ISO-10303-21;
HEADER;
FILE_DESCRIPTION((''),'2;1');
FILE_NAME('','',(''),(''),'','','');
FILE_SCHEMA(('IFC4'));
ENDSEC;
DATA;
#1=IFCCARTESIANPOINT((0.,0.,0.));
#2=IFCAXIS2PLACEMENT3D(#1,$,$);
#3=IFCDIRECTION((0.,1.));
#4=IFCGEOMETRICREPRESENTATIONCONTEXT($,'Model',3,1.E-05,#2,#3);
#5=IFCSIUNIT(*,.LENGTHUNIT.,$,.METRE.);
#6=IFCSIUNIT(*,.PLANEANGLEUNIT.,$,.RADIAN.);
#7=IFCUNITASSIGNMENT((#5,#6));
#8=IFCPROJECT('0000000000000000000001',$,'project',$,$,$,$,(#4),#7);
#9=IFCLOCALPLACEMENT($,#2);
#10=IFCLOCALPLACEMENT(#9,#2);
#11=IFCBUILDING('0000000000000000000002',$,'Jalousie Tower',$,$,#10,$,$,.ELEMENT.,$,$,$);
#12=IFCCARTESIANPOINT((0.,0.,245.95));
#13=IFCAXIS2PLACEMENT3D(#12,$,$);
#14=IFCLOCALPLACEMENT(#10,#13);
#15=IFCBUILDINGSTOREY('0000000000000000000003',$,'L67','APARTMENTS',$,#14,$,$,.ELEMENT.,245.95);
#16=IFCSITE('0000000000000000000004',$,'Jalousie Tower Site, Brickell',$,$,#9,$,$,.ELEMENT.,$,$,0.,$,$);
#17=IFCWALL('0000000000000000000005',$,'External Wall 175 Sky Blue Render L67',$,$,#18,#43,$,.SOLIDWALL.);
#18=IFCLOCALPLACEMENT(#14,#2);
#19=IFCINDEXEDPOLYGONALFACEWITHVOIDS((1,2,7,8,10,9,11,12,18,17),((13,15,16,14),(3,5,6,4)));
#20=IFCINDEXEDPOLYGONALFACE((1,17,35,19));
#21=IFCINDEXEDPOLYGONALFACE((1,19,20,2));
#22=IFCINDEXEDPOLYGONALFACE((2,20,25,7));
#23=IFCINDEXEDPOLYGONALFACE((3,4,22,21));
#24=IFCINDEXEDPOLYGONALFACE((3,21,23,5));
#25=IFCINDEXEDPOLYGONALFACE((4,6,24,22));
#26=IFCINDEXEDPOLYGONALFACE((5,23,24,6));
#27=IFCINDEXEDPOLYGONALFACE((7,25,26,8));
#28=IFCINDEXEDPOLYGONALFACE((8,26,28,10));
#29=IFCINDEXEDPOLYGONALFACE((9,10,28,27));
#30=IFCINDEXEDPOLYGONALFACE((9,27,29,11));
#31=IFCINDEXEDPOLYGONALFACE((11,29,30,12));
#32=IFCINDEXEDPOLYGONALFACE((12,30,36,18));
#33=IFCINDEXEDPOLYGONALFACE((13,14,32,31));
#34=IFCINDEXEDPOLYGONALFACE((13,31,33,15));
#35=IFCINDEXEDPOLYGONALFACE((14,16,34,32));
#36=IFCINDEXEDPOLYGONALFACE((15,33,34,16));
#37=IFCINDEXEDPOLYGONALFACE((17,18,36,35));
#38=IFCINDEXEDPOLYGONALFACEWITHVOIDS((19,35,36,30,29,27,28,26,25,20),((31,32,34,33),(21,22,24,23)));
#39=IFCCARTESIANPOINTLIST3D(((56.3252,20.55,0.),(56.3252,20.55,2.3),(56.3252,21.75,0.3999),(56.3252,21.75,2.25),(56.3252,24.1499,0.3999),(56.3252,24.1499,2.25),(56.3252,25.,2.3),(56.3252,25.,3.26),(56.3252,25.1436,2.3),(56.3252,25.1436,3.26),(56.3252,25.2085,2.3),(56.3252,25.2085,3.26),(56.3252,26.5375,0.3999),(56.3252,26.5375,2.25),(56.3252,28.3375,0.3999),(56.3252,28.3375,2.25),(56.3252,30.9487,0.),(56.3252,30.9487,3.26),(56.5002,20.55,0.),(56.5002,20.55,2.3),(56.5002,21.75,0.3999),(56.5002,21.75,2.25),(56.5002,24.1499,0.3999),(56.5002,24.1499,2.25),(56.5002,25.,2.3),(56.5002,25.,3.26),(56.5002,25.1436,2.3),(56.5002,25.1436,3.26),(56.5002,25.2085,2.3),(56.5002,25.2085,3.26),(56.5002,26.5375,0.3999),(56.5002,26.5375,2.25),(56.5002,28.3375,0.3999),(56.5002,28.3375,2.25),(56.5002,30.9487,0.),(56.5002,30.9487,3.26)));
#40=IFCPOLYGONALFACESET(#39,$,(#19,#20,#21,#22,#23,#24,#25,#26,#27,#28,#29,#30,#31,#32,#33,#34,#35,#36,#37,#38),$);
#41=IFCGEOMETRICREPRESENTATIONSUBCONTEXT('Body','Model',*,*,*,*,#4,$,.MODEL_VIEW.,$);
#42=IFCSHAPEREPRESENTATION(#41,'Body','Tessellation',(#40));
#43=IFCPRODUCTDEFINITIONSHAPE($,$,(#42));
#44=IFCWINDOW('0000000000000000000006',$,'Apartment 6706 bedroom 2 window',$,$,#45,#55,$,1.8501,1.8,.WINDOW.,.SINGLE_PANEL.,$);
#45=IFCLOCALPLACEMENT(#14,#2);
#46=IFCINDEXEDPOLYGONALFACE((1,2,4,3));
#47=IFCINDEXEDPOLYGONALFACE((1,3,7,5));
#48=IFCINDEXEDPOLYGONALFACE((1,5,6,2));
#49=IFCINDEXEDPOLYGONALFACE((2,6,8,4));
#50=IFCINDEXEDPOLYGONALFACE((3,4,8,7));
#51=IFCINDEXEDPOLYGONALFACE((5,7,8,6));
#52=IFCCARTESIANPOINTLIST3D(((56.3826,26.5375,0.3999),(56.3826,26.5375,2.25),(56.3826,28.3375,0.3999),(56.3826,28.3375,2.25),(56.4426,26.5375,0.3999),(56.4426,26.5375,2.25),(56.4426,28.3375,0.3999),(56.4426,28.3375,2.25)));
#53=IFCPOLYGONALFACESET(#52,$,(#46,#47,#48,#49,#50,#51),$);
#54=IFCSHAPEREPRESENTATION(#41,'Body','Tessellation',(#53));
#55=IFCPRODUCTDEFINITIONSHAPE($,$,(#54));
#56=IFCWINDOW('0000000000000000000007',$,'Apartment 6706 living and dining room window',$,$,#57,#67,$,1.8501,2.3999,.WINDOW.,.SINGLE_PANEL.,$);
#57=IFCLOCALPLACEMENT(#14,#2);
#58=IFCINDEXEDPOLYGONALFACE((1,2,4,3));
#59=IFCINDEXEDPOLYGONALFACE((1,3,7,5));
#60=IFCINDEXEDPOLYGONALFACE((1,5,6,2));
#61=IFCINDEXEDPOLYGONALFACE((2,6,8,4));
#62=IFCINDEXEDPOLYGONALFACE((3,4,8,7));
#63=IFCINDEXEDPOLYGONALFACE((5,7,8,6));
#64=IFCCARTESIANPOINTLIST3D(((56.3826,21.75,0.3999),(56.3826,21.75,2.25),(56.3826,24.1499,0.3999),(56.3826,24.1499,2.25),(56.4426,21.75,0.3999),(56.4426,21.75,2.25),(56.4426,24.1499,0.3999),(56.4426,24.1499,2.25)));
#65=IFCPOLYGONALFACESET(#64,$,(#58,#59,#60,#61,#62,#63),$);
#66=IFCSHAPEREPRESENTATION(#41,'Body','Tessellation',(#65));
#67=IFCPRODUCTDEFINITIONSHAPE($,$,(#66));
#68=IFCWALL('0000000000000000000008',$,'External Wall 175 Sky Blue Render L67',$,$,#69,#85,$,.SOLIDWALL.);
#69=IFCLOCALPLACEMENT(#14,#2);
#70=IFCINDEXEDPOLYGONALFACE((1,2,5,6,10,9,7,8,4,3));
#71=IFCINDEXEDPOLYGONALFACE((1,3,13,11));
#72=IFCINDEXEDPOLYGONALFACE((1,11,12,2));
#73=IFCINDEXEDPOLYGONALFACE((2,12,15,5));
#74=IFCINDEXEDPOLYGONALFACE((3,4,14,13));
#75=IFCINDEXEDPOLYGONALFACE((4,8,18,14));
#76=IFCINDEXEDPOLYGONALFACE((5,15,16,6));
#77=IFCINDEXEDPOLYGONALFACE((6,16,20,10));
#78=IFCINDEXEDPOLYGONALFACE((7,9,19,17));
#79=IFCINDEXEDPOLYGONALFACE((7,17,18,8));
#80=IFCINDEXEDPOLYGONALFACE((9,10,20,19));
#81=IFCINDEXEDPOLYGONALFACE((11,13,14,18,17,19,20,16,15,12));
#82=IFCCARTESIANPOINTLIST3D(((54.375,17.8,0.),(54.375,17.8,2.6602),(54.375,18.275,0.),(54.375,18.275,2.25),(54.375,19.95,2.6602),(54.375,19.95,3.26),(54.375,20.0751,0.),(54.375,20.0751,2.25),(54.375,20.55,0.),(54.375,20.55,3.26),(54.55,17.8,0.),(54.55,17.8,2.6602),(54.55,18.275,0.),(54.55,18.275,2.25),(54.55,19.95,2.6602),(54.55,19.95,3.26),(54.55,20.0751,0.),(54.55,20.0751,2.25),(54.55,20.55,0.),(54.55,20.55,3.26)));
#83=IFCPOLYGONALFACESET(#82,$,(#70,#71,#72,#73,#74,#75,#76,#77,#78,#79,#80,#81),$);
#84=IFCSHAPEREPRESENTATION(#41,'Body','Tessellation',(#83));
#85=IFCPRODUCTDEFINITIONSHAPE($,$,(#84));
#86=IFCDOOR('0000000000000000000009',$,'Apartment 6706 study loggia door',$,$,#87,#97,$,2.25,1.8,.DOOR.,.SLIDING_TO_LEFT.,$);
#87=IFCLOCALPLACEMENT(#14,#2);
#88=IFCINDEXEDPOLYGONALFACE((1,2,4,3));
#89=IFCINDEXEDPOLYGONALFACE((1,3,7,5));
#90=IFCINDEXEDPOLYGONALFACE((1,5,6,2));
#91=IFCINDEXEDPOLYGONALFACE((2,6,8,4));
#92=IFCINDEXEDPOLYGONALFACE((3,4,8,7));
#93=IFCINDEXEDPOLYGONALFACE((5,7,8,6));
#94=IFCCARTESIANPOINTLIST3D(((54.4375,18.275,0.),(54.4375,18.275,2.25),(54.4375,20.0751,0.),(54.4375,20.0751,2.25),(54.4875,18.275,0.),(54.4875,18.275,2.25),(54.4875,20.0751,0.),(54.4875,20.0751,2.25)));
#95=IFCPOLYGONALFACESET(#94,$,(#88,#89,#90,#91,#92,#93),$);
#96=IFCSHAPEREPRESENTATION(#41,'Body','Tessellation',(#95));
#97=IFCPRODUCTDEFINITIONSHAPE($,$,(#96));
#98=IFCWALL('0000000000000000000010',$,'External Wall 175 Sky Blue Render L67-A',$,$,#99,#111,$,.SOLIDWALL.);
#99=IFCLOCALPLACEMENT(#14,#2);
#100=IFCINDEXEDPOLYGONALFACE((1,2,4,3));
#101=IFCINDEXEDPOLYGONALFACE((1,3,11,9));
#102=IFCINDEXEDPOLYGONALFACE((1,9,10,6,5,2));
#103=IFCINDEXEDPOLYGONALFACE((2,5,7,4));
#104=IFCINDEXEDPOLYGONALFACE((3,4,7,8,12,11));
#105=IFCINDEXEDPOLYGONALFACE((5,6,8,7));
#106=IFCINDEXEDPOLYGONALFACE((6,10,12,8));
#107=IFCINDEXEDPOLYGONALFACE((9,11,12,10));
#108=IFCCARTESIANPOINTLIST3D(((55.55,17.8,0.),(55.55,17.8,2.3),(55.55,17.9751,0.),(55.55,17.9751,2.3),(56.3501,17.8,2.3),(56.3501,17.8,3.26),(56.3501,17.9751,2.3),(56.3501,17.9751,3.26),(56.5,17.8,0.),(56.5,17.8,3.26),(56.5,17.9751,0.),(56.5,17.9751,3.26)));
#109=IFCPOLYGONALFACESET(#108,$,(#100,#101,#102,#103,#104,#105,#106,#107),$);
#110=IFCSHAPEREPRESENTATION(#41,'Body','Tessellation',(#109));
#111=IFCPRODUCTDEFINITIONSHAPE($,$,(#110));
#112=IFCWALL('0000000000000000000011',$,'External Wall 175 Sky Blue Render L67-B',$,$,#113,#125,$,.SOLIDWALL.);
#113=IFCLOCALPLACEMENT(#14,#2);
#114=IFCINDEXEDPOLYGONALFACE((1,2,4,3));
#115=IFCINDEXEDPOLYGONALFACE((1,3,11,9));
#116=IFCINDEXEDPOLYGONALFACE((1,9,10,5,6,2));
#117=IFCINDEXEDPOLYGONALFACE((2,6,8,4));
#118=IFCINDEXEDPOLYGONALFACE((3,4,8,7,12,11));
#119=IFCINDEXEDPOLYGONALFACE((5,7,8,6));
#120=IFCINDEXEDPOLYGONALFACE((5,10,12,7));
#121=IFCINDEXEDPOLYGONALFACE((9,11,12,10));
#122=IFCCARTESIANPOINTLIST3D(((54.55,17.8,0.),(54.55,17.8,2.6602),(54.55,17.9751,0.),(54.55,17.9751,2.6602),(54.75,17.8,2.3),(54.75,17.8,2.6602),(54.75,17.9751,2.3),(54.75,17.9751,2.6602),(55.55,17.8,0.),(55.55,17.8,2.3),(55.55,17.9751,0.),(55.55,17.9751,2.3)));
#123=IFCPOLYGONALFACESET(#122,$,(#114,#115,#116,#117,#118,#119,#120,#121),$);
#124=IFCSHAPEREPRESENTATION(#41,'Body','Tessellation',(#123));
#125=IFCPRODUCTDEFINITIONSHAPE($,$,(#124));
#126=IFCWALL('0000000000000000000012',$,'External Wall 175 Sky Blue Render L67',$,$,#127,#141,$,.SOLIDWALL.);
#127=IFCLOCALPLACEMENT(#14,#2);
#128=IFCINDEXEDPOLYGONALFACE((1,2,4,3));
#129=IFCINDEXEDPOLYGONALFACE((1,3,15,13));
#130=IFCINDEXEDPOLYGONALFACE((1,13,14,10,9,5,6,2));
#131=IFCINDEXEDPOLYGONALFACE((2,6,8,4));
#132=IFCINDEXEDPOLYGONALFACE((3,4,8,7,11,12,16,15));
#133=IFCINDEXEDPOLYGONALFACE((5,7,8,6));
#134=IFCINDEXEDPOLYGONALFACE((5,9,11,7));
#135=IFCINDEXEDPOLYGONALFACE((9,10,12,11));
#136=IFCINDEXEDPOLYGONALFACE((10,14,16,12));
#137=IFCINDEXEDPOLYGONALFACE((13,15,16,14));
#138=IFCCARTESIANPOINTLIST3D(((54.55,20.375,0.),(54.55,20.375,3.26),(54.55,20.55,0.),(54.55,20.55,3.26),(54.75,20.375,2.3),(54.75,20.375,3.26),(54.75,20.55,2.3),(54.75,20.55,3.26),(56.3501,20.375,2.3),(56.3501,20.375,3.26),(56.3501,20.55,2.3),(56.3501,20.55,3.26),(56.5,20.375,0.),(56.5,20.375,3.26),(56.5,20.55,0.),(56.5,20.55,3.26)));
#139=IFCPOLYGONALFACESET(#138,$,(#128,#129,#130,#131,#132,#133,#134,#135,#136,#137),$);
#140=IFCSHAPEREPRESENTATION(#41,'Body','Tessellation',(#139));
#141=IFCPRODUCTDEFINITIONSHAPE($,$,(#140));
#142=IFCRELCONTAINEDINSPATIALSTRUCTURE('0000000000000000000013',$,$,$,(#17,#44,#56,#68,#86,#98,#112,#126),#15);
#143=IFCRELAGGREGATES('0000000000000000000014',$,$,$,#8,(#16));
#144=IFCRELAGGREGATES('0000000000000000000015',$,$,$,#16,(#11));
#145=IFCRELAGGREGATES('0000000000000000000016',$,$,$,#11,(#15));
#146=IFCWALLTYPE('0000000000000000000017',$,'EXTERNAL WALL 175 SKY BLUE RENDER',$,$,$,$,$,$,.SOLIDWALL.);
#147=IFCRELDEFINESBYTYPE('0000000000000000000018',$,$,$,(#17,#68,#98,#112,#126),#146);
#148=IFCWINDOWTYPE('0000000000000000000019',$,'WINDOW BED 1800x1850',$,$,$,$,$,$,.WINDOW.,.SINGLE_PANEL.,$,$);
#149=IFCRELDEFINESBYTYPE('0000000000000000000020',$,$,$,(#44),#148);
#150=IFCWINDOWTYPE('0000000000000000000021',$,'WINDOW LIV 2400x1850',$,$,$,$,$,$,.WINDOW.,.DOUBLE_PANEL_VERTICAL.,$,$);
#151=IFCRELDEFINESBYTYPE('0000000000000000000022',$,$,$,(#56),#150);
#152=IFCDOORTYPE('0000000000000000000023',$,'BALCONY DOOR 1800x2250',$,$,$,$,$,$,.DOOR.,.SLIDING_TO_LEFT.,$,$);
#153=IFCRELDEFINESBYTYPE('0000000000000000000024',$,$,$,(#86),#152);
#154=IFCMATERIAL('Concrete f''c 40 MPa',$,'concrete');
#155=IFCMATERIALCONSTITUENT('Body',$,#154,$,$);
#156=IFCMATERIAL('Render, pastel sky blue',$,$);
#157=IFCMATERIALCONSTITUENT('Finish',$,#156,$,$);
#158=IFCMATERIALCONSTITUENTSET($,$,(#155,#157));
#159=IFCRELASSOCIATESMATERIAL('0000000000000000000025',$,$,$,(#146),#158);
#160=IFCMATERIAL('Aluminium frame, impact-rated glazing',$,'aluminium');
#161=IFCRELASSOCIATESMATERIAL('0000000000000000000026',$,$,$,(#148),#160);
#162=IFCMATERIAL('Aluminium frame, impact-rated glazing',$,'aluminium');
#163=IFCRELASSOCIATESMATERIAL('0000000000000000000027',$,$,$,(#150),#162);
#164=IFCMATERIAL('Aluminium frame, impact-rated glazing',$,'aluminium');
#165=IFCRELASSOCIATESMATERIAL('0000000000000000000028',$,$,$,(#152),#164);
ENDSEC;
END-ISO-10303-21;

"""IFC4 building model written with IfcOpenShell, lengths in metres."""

from ifc_helpers import new_model, si_unit, direction, frame, frame_2d, origin, place, context, subcontext, project, spatial, polyline, rectangle, outline, extrude, material, constituent, constituent_set, type_object, element, fill, save


model = new_model("IFC4")

# Units and contexts
model_context = context("Model", 3, precision=1e-05, world=origin(), true_north=direction((0.0, 1.0)))
body_context = subcontext(model_context, "Body", "Model", "MODEL_VIEW")
ifc_project = project(units=[si_unit("LENGTHUNIT", "METRE"), si_unit("PLANEANGLEUNIT", "RADIAN")], contexts=[model_context])

# Site, building, storey
site_placement = place(None, origin())
site = spatial("IfcSite", under=ifc_project, at=site_placement, Name="Jalousie Tower Site, Brickell", CompositionType="ELEMENT", RefElevation=0.0)
building_placement = place(site_placement, origin())
building = spatial("IfcBuilding", under=site, at=building_placement, Name="Jalousie Tower", CompositionType="ELEMENT")
storey_placement = place(building_placement, frame((0.0, 0.0, 245.95)))
storey = spatial("IfcBuildingStorey", under=building, at=storey_placement, Name="L67", Description="APARTMENTS", CompositionType="ELEMENT", Elevation=245.95)

# Wall, openings, windows
ifc_material_1 = material(Name="Concrete f'c 40 MPa", Category="concrete")
ifc_constituent_1 = constituent(ifc_material_1, Name="Body")
ifc_material_2 = material(Name="Render, pastel sky blue")
ifc_constituent_2 = constituent(ifc_material_2, Name="Finish")
ifc_constituent_set_1 = constituent_set(constituents=[ifc_constituent_1, ifc_constituent_2])
wall_type_1 = type_object("IfcWallType", Name="EXTERNAL WALL 175 SKY BLUE RENDER", PredefinedType="SOLIDWALL", material=ifc_constituent_set_1)
wall_1_placement = place(storey_placement, frame((56.4126, 20.55, 0.0), z_axis=(0.0, 0.0, 1.0), x_axis=(0.0, 1.0, 0.0)))
wall_1 = element("IfcWall", 1, at=wall_1_placement, inside=storey, type_object=wall_type_1, Name="External Wall 175 Sky Blue Render L67", PredefinedType="SOLIDWALL", context=body_context, shape_type="SweptSolid", body=[
    extrude(outline(polyline([(0.0, 0.0), (10.3987, 0.0), (10.3987, 3.26), (4.6584, 3.26), (4.6584, 2.3), (4.5935, 2.3), (4.5935, 3.26), (4.45, 3.26), (4.45, 2.3), (0.0, 2.3), (0.0, 0.0)])), frame((0.0, 0.0874, 0.0), z_axis=(0.0, -1.0, 0.0), x_axis=(1.0, 0.0, 0.0)), (0.0, 0.0, 1.0), 0.175),
])
opening_1_placement = place(wall_1_placement, frame((1.2, 0.0, 0.3999)))
opening_1 = element("IfcOpeningElement", 2, at=opening_1_placement, cuts=wall_1, PredefinedType="OPENING", context=body_context, shape_type="SweptSolid", body=[
    extrude(rectangle(XDim=2.3999, YDim=1.8501, at=frame_2d((1.2, 0.925))), frame((0.0, 0.0974, 0.0), z_axis=(0.0, -1.0, 0.0), x_axis=(1.0, 0.0, 0.0)), (0.0, 0.0, 1.0), 0.1951),
])
opening_2_placement = place(wall_1_placement, frame((5.9875, 0.0, 0.3999)))
opening_2 = element("IfcOpeningElement", 3, at=opening_2_placement, cuts=wall_1, PredefinedType="OPENING", context=body_context, shape_type="SweptSolid", body=[
    extrude(rectangle(XDim=1.8, YDim=1.8501, at=frame_2d((0.8999, 0.925))), frame((0.0, 0.0974, 0.0), z_axis=(0.0, -1.0, 0.0), x_axis=(1.0, 0.0, 0.0)), (0.0, 0.0, 1.0), 0.1951),
])
ifc_material_3 = material(Name="Aluminium frame, impact-rated glazing", Category="aluminium")
window_type_1 = type_object("IfcWindowType", Name="WINDOW BED 1800x1850", PartitioningType="SINGLE_PANEL", PredefinedType="WINDOW", material=ifc_material_3)
window_1_placement = place(opening_2_placement, origin())
window_1 = element("IfcWindow", 4, at=window_1_placement, inside=storey, type_object=window_type_1, Name="Apartment 6706 bedroom 2 window", OverallHeight=1.8501, OverallWidth=1.8, PartitioningType="SINGLE_PANEL", PredefinedType="WINDOW", context=body_context, shape_type="SweptSolid", body=[
    extrude(rectangle(XDim=1.8, YDim=1.8501, at=frame_2d((0.8999, 0.925))), frame((0.0, 0.03, 0.0), z_axis=(0.0, -1.0, 0.0), x_axis=(1.0, 0.0, 0.0)), (0.0, 0.0, 1.0), 0.0601),
])
fill(opening_2, window_1)
ifc_material_4 = material(Name="Aluminium frame, impact-rated glazing", Category="aluminium")
window_type_2 = type_object("IfcWindowType", Name="WINDOW LIV 2400x1850", PartitioningType="DOUBLE_PANEL_VERTICAL", PredefinedType="WINDOW", material=ifc_material_4)
window_2_placement = place(opening_1_placement, origin())
window_2 = element("IfcWindow", 5, at=window_2_placement, inside=storey, type_object=window_type_2, Name="Apartment 6706 living and dining room window", OverallHeight=1.8501, OverallWidth=2.3999, PartitioningType="SINGLE_PANEL", PredefinedType="WINDOW", context=body_context, shape_type="SweptSolid", body=[
    extrude(rectangle(XDim=2.3999, YDim=1.8501, at=frame_2d((1.2, 0.925))), frame((0.0, 0.03, 0.0), z_axis=(0.0, -1.0, 0.0), x_axis=(1.0, 0.0, 0.0)), (0.0, 0.0, 1.0), 0.0601),
])
fill(opening_1, window_2)

# Wall, opening, door
wall_2_placement = place(storey_placement, frame((54.4624, 17.8, 0.0), z_axis=(0.0, 0.0, 1.0), x_axis=(0.0, 1.0, 0.0)))
wall_2 = element("IfcWall", 6, at=wall_2_placement, inside=storey, type_object=wall_type_1, Name="External Wall 175 Sky Blue Render L67", PredefinedType="SOLIDWALL", context=body_context, shape_type="SweptSolid", body=[
    extrude(outline(polyline([(0.0, 0.0), (2.75, 0.0), (2.75, 3.26), (2.1499, 3.26), (2.1499, 2.6602), (0.0, 2.6602), (0.0, 0.0)])), frame((0.0, 0.0874, 0.0), z_axis=(0.0, -1.0, 0.0), x_axis=(1.0, 0.0, 0.0)), (0.0, 0.0, 1.0), 0.175),
])
opening_3_placement = place(wall_2_placement, frame((0.4751, 0.0, 0.0)))
opening_3 = element("IfcOpeningElement", 7, at=opening_3_placement, cuts=wall_2, PredefinedType="OPENING", context=body_context, shape_type="SweptSolid", body=[
    extrude(rectangle(XDim=1.8, YDim=2.25, at=frame_2d((0.8999, 1.125))), frame((0.0, 0.0974, 0.0), z_axis=(0.0, -1.0, 0.0), x_axis=(1.0, 0.0, 0.0)), (0.0, 0.0, 1.0), 0.1951),
])
ifc_material_5 = material(Name="Aluminium frame, impact-rated glazing", Category="aluminium")
door_type_1 = type_object("IfcDoorType", Name="BALCONY DOOR 1800x2250", OperationType="SLIDING_TO_LEFT", PredefinedType="DOOR", material=ifc_material_5)
door_1_placement = place(opening_3_placement, origin())
door_1 = element("IfcDoor", 8, at=door_1_placement, inside=storey, type_object=door_type_1, Name="Apartment 6706 study loggia door", OperationType="SLIDING_TO_LEFT", OverallHeight=2.25, OverallWidth=1.8, PredefinedType="DOOR", context=body_context, shape_type="SweptSolid", body=[
    extrude(rectangle(XDim=1.8, YDim=2.25, at=frame_2d((0.8999, 1.125))), frame((0.0, 0.0249, 0.0), z_axis=(0.0, -1.0, 0.0), x_axis=(1.0, 0.0, 0.0)), (0.0, 0.0, 1.0), 0.05),
])
fill(opening_3, door_1)

# Walls
wall_3_placement = place(storey_placement, frame((56.5, 17.8875, 0.0), z_axis=(0.0, 0.0, 1.0), x_axis=(-1.0, 0.0, 0.0)))
element("IfcWall", 9, at=wall_3_placement, inside=storey, type_object=wall_type_1, Name="External Wall 175 Sky Blue Render L67-A", PredefinedType="SOLIDWALL", context=body_context, shape_type="SweptSolid", body=[
    extrude(outline(polyline([(0.0, 0.0), (0.95, 0.0), (0.95, 2.3), (0.1499, 2.3), (0.1499, 3.26), (0.0, 3.26), (0.0, 0.0)])), frame((0.0, 0.0874, 0.0), z_axis=(0.0, -1.0, 0.0), x_axis=(1.0, 0.0, 0.0)), (0.0, 0.0, 1.0), 0.175),
])
wall_4_placement = place(storey_placement, frame((55.55, 17.8875, 0.0), z_axis=(0.0, 0.0, 1.0), x_axis=(-1.0, 0.0, 0.0)))
element("IfcWall", 10, at=wall_4_placement, inside=storey, type_object=wall_type_1, Name="External Wall 175 Sky Blue Render L67-B", PredefinedType="SOLIDWALL", context=body_context, shape_type="SweptSolid", body=[
    extrude(outline(polyline([(0.0, 0.0), (1.0, 0.0), (1.0, 2.6602), (0.8, 2.6602), (0.8, 2.3), (0.0, 2.3), (0.0, 0.0)])), frame((0.0, 0.0874, 0.0), z_axis=(0.0, -1.0, 0.0), x_axis=(1.0, 0.0, 0.0)), (0.0, 0.0, 1.0), 0.175),
])
wall_5_placement = place(storey_placement, frame((56.5, 20.4624, 0.0), z_axis=(0.0, 0.0, 1.0), x_axis=(-1.0, 0.0, 0.0)))
element("IfcWall", 11, at=wall_5_placement, inside=storey, type_object=wall_type_1, Name="External Wall 175 Sky Blue Render L67", PredefinedType="SOLIDWALL", context=body_context, shape_type="SweptSolid", body=[
    extrude(outline(polyline([(0.0, 0.0), (1.95, 0.0), (1.95, 3.26), (1.75, 3.26), (1.75, 2.3), (0.1499, 2.3), (0.1499, 3.26), (0.0, 3.26), (0.0, 0.0)])), frame((0.0, 0.0874, 0.0), z_axis=(0.0, -1.0, 0.0), x_axis=(1.0, 0.0, 0.0)), (0.0, 0.0, 1.0), 0.175),
])

save(model, "model.ifc")
